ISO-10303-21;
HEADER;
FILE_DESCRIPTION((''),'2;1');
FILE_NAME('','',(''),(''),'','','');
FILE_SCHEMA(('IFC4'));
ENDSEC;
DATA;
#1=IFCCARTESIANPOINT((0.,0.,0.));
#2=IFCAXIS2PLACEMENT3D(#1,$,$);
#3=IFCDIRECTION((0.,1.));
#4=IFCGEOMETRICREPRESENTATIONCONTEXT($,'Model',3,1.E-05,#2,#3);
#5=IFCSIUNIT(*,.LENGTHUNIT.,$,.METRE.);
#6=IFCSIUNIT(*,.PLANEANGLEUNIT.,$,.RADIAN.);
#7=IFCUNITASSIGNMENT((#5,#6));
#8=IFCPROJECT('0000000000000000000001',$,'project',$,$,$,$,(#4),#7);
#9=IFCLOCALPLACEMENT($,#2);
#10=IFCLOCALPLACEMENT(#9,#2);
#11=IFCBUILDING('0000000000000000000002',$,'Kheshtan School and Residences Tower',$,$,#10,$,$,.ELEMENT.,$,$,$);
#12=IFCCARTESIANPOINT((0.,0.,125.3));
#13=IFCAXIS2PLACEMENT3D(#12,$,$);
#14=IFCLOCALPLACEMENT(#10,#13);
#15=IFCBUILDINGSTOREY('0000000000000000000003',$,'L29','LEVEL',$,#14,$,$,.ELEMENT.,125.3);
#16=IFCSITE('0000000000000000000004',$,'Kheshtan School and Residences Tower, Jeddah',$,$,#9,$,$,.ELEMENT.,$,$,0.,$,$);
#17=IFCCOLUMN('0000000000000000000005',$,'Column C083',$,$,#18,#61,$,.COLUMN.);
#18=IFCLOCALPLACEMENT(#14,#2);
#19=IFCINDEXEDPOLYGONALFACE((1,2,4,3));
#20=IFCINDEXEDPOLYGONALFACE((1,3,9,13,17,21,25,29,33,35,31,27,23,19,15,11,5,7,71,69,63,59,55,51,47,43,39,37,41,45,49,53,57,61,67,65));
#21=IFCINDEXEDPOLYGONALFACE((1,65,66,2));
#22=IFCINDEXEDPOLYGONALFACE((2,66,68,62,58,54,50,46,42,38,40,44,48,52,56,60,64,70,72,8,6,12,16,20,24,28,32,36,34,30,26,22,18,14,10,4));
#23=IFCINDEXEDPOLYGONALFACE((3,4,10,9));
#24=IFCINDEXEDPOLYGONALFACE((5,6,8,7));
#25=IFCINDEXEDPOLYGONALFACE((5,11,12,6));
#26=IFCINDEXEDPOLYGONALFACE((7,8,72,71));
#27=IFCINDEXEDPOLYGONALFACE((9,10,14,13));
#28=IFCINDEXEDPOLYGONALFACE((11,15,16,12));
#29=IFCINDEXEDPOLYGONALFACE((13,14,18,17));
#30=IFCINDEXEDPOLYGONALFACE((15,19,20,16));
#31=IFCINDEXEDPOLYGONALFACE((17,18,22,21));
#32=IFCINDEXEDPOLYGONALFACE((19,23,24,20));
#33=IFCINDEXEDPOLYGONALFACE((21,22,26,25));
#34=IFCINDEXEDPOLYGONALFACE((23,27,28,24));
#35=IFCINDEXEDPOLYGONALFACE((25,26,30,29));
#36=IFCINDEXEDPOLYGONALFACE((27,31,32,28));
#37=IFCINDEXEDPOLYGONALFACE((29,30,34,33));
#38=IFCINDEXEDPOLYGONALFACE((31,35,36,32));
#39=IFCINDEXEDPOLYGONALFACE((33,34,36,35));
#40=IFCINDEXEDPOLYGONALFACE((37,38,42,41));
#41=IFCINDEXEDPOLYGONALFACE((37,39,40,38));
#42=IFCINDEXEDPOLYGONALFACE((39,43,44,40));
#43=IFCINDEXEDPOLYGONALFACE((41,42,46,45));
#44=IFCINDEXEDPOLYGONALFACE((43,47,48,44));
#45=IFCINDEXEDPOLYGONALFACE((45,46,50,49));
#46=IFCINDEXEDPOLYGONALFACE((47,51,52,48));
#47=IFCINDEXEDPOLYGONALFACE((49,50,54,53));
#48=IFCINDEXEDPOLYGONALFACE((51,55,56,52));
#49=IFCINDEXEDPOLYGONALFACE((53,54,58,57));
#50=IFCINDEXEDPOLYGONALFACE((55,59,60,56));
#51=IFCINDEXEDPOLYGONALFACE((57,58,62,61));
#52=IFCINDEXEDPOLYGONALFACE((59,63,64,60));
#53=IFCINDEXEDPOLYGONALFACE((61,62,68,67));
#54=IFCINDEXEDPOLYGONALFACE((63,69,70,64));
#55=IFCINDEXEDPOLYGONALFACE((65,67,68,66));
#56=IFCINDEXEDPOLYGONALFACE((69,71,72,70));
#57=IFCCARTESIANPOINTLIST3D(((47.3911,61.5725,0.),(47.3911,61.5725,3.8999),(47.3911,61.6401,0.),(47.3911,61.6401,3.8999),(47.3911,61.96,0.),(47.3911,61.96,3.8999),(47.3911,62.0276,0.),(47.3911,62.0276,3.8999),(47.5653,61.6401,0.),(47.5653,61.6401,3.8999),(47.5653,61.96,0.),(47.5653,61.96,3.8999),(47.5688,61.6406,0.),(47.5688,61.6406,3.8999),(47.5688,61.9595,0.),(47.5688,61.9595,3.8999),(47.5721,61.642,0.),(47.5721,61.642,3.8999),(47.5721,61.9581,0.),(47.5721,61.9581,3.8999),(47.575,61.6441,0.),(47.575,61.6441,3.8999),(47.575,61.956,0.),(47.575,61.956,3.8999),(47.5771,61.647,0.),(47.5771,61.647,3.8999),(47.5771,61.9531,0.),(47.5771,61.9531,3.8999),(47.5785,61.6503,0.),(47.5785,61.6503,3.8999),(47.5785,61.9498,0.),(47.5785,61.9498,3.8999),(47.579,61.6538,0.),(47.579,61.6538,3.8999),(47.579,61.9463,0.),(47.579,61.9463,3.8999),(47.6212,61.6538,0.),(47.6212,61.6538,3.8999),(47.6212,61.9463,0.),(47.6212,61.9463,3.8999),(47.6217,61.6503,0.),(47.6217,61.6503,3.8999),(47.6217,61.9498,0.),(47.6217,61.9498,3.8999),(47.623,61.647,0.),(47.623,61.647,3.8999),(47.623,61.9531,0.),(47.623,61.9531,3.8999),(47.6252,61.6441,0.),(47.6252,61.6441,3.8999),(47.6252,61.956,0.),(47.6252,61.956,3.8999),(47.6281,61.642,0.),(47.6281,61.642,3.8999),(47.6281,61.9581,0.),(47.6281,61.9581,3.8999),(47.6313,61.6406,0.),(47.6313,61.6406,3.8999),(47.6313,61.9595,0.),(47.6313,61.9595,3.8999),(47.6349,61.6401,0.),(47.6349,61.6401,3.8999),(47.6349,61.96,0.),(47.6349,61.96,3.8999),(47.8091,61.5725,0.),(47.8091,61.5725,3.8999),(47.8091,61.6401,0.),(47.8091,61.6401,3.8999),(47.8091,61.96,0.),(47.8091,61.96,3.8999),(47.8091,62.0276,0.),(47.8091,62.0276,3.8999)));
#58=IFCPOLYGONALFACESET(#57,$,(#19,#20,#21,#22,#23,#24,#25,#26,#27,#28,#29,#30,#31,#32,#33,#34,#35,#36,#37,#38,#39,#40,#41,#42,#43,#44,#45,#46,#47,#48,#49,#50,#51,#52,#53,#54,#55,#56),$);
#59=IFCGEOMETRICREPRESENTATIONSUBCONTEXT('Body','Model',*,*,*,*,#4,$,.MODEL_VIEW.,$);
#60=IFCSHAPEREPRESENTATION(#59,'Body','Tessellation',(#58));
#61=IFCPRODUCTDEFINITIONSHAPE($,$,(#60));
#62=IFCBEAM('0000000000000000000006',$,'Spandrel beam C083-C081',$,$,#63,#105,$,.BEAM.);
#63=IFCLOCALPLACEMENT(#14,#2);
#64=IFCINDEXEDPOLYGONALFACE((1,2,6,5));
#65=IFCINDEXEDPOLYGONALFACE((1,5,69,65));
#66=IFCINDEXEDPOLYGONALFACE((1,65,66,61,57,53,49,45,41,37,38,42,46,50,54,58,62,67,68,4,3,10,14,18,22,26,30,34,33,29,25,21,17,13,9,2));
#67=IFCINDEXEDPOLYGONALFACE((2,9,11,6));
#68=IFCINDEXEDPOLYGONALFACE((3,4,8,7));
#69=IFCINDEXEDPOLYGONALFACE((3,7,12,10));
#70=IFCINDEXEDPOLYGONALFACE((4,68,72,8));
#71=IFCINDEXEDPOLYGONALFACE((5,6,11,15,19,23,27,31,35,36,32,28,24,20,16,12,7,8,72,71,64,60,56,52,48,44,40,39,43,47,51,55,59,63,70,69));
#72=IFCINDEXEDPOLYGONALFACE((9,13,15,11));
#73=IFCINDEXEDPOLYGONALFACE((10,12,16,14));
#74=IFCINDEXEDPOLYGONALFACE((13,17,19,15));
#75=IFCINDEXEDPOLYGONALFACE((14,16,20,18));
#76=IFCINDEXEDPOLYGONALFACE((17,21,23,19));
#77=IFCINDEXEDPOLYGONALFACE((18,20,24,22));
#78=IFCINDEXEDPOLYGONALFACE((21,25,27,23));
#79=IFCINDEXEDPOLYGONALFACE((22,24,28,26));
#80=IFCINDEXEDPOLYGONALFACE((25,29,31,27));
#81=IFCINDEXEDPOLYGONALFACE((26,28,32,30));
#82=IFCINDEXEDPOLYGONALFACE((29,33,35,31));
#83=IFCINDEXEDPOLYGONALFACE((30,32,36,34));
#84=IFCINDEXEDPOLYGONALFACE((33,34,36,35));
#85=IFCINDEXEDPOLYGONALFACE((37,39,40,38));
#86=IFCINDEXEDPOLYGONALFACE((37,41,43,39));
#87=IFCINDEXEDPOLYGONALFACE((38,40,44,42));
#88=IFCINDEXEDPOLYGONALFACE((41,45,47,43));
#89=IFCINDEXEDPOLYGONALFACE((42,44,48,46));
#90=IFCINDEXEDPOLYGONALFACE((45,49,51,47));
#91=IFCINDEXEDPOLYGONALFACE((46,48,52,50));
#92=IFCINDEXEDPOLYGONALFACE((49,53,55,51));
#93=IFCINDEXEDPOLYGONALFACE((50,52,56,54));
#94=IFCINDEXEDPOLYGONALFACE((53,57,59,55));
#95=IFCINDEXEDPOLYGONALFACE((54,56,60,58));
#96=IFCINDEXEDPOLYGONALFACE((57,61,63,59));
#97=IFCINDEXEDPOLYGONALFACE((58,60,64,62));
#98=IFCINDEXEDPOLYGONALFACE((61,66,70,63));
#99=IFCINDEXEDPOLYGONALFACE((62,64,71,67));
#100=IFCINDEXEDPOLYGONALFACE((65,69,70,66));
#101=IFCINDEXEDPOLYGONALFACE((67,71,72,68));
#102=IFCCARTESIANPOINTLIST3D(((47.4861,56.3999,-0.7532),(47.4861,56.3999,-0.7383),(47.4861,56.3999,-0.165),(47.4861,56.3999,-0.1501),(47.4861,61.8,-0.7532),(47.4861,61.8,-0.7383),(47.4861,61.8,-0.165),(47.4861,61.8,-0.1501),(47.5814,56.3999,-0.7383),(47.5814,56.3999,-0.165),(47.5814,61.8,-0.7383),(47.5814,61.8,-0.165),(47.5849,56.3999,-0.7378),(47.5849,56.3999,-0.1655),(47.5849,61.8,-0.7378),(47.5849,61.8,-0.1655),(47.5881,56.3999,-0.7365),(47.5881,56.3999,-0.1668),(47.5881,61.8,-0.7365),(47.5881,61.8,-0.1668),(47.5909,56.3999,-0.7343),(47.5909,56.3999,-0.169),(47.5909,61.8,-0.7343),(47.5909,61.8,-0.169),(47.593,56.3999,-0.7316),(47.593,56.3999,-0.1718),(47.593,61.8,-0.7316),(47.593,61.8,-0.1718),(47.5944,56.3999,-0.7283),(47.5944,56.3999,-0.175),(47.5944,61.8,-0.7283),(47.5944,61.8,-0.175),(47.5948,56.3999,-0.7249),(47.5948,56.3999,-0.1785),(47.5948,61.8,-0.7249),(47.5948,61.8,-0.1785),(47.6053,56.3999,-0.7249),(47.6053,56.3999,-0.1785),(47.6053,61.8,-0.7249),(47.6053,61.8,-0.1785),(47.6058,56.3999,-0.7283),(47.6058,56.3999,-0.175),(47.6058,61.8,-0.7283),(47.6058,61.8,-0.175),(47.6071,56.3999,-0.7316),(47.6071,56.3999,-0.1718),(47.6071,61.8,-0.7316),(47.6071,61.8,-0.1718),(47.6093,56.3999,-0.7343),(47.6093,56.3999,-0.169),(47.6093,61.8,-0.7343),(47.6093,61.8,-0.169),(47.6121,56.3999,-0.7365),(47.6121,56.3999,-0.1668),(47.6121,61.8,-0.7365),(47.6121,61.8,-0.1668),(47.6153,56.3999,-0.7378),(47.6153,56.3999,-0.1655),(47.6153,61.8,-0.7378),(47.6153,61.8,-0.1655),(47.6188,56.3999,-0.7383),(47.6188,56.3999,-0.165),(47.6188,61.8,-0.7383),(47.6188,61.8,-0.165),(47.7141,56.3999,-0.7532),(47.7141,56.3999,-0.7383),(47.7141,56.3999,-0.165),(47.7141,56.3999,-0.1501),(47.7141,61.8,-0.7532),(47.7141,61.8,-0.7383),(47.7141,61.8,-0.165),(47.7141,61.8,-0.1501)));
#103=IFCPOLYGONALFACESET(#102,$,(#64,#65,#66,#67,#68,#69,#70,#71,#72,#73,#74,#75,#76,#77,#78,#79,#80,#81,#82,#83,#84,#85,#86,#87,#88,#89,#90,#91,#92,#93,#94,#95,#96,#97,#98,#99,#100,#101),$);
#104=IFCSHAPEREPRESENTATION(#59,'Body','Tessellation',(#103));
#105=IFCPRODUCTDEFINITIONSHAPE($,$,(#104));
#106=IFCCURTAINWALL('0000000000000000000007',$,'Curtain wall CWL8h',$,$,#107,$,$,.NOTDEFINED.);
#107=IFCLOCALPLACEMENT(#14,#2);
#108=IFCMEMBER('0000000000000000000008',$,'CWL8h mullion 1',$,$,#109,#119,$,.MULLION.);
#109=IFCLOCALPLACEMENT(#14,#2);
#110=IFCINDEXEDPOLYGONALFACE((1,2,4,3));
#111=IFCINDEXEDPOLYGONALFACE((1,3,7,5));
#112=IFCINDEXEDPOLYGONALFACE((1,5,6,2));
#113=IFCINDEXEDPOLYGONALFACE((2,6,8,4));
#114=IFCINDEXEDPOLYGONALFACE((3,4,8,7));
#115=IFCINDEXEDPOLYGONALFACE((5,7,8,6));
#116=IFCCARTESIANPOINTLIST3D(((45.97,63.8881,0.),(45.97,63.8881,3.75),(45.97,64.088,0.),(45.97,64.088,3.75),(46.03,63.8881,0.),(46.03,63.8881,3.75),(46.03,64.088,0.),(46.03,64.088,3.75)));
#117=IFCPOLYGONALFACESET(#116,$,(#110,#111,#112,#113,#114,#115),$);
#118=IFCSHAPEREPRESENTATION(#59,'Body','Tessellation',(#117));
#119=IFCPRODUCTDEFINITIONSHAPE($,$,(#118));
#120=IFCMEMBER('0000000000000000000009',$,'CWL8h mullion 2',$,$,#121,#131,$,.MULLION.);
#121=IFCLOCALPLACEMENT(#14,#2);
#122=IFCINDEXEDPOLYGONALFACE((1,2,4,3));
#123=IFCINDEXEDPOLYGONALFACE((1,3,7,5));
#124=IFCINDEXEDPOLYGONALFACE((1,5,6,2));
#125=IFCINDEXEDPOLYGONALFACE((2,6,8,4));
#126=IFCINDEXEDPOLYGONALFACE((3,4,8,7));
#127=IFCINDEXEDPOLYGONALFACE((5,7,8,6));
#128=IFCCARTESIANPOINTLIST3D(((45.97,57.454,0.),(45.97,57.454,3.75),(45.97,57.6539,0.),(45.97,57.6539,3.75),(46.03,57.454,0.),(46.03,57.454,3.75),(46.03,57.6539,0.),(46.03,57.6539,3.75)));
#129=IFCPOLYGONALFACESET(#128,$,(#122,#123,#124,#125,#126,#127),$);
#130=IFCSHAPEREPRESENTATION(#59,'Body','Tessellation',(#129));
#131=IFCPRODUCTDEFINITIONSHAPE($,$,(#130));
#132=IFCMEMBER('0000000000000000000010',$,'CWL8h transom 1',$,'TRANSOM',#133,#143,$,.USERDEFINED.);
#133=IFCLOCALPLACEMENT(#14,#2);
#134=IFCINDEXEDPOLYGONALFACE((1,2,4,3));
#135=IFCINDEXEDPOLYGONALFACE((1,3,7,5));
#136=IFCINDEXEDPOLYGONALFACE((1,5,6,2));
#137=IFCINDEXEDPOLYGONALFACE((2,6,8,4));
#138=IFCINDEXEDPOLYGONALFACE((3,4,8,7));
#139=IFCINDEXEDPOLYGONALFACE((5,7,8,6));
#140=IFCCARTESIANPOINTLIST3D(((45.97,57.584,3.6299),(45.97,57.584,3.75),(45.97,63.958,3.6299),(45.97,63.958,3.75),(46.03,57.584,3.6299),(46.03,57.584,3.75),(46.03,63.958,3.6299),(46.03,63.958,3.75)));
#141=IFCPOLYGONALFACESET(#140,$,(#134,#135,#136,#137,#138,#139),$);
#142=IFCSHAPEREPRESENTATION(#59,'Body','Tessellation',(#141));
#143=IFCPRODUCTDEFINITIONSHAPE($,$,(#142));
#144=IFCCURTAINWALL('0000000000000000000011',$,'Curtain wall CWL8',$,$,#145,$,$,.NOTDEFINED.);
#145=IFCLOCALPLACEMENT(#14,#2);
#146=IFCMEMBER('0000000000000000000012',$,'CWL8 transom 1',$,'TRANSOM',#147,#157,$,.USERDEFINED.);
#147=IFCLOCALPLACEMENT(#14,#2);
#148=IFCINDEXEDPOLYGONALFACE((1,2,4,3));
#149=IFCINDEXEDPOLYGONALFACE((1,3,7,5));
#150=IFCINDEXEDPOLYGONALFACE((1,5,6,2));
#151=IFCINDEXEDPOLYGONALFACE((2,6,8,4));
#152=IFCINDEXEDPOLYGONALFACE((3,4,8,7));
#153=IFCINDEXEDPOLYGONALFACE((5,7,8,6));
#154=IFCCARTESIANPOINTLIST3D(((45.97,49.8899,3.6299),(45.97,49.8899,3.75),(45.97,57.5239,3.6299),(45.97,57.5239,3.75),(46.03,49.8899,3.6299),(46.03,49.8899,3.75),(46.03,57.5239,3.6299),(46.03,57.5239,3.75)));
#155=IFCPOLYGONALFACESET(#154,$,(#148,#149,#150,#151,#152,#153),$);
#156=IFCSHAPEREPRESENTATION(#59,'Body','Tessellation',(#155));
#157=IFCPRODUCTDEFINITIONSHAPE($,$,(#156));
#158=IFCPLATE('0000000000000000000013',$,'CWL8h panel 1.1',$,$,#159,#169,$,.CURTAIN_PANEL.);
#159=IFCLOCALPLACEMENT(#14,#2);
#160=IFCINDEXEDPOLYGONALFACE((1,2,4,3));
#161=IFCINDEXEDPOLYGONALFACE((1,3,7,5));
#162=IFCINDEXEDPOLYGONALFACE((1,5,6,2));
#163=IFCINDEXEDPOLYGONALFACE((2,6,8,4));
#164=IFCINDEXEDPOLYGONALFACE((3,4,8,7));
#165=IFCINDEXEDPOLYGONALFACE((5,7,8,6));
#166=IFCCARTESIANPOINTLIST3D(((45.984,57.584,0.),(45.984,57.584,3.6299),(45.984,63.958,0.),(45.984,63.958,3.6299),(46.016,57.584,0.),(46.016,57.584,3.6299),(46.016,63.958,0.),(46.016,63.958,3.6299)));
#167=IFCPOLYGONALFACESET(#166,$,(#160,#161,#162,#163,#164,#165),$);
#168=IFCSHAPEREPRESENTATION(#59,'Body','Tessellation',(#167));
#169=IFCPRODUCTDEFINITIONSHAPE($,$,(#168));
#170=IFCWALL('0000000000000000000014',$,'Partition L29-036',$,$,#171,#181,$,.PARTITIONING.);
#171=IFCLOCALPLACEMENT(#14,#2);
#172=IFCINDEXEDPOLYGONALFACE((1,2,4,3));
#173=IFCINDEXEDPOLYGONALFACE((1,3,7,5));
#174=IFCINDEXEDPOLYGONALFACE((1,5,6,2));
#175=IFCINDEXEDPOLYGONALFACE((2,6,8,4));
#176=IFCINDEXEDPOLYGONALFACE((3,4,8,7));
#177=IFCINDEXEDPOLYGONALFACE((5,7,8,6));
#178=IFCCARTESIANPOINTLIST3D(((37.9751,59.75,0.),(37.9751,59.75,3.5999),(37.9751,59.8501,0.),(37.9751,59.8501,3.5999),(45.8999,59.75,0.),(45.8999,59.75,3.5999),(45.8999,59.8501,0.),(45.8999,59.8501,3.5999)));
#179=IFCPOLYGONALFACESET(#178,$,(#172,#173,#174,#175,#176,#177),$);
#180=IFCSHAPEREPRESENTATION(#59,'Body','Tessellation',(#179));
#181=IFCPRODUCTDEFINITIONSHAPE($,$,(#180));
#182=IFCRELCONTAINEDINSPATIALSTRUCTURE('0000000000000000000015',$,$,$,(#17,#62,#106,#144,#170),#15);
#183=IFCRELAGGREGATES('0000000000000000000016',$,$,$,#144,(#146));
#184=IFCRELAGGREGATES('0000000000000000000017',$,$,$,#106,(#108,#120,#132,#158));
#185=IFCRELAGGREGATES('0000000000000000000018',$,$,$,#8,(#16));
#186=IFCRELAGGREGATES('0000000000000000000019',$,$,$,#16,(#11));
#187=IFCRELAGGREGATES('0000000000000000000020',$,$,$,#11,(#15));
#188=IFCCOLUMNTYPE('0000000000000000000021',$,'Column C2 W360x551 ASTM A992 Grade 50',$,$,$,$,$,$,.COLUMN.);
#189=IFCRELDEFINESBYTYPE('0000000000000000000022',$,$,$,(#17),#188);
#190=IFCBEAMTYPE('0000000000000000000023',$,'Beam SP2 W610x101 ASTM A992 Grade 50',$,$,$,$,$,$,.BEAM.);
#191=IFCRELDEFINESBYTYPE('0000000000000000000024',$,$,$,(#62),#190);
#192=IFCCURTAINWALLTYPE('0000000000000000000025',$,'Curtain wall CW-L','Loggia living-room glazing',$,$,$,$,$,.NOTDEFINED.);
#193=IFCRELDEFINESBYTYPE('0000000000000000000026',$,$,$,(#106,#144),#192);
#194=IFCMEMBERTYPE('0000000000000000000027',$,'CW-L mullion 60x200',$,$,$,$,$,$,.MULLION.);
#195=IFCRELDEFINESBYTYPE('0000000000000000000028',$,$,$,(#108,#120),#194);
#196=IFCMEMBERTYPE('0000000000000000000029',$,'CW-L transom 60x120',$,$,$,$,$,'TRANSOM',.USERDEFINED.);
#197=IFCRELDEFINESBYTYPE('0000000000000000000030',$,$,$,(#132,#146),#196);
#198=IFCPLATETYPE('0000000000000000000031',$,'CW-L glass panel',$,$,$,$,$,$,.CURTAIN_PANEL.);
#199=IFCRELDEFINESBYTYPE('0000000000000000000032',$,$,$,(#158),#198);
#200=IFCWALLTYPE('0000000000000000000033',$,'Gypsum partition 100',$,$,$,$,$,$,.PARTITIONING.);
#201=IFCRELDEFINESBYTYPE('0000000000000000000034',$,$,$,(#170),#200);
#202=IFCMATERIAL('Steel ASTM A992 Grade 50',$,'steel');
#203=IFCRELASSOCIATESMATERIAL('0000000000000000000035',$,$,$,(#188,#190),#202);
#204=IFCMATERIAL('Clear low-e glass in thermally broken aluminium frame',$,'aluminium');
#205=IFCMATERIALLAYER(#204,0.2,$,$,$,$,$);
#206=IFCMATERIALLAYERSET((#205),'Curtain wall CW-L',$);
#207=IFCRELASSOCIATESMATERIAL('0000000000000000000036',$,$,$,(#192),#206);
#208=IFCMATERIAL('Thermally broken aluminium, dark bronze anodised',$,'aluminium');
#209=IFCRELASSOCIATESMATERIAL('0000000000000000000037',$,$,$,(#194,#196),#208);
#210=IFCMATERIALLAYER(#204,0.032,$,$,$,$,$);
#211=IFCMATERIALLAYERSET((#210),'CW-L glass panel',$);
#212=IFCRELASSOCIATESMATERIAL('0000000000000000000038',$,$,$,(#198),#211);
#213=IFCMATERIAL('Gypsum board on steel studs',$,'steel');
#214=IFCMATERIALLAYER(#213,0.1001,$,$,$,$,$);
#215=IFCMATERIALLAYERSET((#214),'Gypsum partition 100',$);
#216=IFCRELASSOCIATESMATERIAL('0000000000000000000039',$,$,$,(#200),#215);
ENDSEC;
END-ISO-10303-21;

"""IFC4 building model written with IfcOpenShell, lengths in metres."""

from ifc_helpers import new_model, si_unit, direction, frame, frame_2d, origin, origin_2d, place, context, subcontext, project, spatial, rectangle, i_section, extrude, material, layer, layer_set, material_profile, profile_set, type_object, element, aggregate, save


model = new_model("IFC4")

# Units and contexts
model_context = context("Model", 3, precision=1e-05, world=origin(), true_north=direction((0.0, 1.0)))
body_context = subcontext(model_context, "Body", "Model", "MODEL_VIEW")
ifc_project = project(units=[si_unit("LENGTHUNIT", "METRE"), si_unit("PLANEANGLEUNIT", "RADIAN")], contexts=[model_context])

# Site, building, storey
site_placement = place(None, origin())
site = spatial("IfcSite", under=ifc_project, at=site_placement, Name="Kheshtan School and Residences Tower, Jeddah", CompositionType="ELEMENT", RefElevation=0.0)
building_placement = place(site_placement, origin())
building = spatial("IfcBuilding", under=site, at=building_placement, Name="Kheshtan School and Residences Tower", CompositionType="ELEMENT")
storey_placement = place(building_placement, frame((0.0, 0.0, 125.3)))
storey = spatial("IfcBuildingStorey", under=building, at=storey_placement, Name="L29", Description="LEVEL", CompositionType="ELEMENT", Elevation=125.3)

# Column
ifc_material_1 = material(Name="Steel ASTM A992 Grade 50", Category="steel")
ifc_material_profile_1 = material_profile(ifc_material_1, i_section(OverallWidth=0.418, OverallDepth=0.4551, WebThickness=0.0422, FlangeThickness=0.0676, FilletRadius=0.0137, at=origin_2d()), Name="W360x551")
ifc_profile_set_1 = profile_set([ifc_material_profile_1], Name="Steel ASTM A992 Grade 50")
column_type = type_object("IfcColumnType", Name="Column C2 W360x551 ASTM A992 Grade 50", PredefinedType="COLUMN", material=ifc_profile_set_1)
column_placement = place(storey_placement, frame((47.6001, 61.8, 0.0), z_axis=(0.0, 0.0, 1.0), x_axis=(1.0, 0.0, 0.0)))
element("IfcColumn", 1, at=column_placement, inside=storey, type_object=column_type, Name="Column C083", PredefinedType="COLUMN", context=body_context, shape_type="SweptSolid", body=[
    extrude(i_section(OverallWidth=0.418, OverallDepth=0.4551, WebThickness=0.0422, FlangeThickness=0.0676, FilletRadius=0.0137, at=origin_2d()), origin(), (0.0, 0.0, 1.0), 3.8999),
])

# Beam
ifc_material_profile_2 = material_profile(ifc_material_1, i_section(OverallWidth=0.228, OverallDepth=0.603, WebThickness=0.0105, FlangeThickness=0.0149, FilletRadius=0.0134, at=origin_2d()), Name="W610x101")
ifc_profile_set_2 = profile_set([ifc_material_profile_2], Name="Steel ASTM A992 Grade 50")
beam_type = type_object("IfcBeamType", Name="Beam SP2 W610x101 ASTM A992 Grade 50", PredefinedType="BEAM", material=ifc_profile_set_2)
beam_placement = place(storey_placement, frame((47.6001, 61.8, -0.4517), z_axis=(0.0, -1.0, 0.0), x_axis=(1.0, 0.0, 0.0)))
element("IfcBeam", 2, at=beam_placement, inside=storey, type_object=beam_type, Name="Spandrel beam C083-C081", PredefinedType="BEAM", context=body_context, shape_type="SweptSolid", body=[
    extrude(i_section(OverallWidth=0.228, OverallDepth=0.603, WebThickness=0.0105, FlangeThickness=0.0149, FilletRadius=0.0134, at=origin_2d()), origin(), (0.0, 0.0, 1.0), 5.4001),
])

# Curtain wall, members
ifc_material_2 = material(Name="Clear low-e glass in thermally broken aluminium frame", Category="aluminium")
ifc_layer_1 = layer(ifc_material_2, 0.2)
ifc_layer_set_1 = layer_set([ifc_layer_1], Name="Curtain wall CW-L")
curtain_wall_type = type_object("IfcCurtainWallType", Name="Curtain wall CW-L", Description="Loggia living-room glazing", PredefinedType="NOTDEFINED", material=ifc_layer_set_1)
curtain_wall_1_placement = place(storey_placement, origin())
curtain_wall_1 = element("IfcCurtainWall", 3, at=curtain_wall_1_placement, inside=storey, type_object=curtain_wall_type, Name="Curtain wall CWL8h", PredefinedType="NOTDEFINED")
ifc_material_3 = material(Name="Thermally broken aluminium, dark bronze anodised", Category="aluminium")
ifc_material_profile_3 = material_profile(ifc_material_3, rectangle(XDim=0.0601, YDim=0.2, at=origin_2d()), Name="CW-L mullion 60x200")
ifc_profile_set_3 = profile_set([ifc_material_profile_3], Name="Thermally broken aluminium, dark bronze anodised")
member_type_1 = type_object("IfcMemberType", Name="CW-L mullion 60x200", PredefinedType="MULLION", material=ifc_profile_set_3)
member_1_placement = place(storey_placement, frame((46.0, 63.988, 0.0), z_axis=(0.0, 0.0, 1.0), x_axis=(1.0, 0.0, 0.0)))
member_1 = element("IfcMember", 4, at=member_1_placement, type_object=member_type_1, Name="CWL8h mullion 1", PredefinedType="MULLION", context=body_context, shape_type="SweptSolid", body=[
    extrude(rectangle(XDim=0.0601, YDim=0.2, at=origin_2d()), origin(), (0.0, 0.0, 1.0), 3.75),
])
member_2_placement = place(storey_placement, frame((46.0, 57.554, 0.0), z_axis=(0.0, 0.0, 1.0), x_axis=(1.0, 0.0, 0.0)))
member_2 = element("IfcMember", 5, at=member_2_placement, type_object=member_type_1, Name="CWL8h mullion 2", PredefinedType="MULLION", context=body_context, shape_type="SweptSolid", body=[
    extrude(rectangle(XDim=0.0601, YDim=0.2, at=origin_2d()), origin(), (0.0, 0.0, 1.0), 3.75),
])
ifc_material_profile_4 = material_profile(ifc_material_3, rectangle(XDim=0.0601, YDim=0.1201, at=origin_2d()), Name="CW-L transom 60x120")
ifc_profile_set_4 = profile_set([ifc_material_profile_4], Name="Thermally broken aluminium, dark bronze anodised")
member_type_2 = type_object("IfcMemberType", Name="CW-L transom 60x120", ElementType="TRANSOM", PredefinedType="USERDEFINED", material=ifc_profile_set_4)
member_3_placement = place(storey_placement, frame((46.0, 63.958, 3.6899), z_axis=(0.0, -1.0, 0.0), x_axis=(1.0, 0.0, 0.0)))
member_3 = element("IfcMember", 6, at=member_3_placement, type_object=member_type_2, Name="CWL8h transom 1", ObjectType="TRANSOM", PredefinedType="USERDEFINED", context=body_context, shape_type="SweptSolid", body=[
    extrude(rectangle(XDim=0.0601, YDim=0.1201, at=origin_2d()), origin(), (0.0, 0.0, 1.0), 6.374),
])

# Curtain wall, member
curtain_wall_2_placement = place(storey_placement, origin())
curtain_wall_2 = element("IfcCurtainWall", 7, at=curtain_wall_2_placement, inside=storey, type_object=curtain_wall_type, Name="Curtain wall CWL8", PredefinedType="NOTDEFINED")
member_4_placement = place(storey_placement, frame((46.0, 57.5239, 3.6899), z_axis=(0.0, -1.0, 0.0), x_axis=(1.0, 0.0, 0.0)))
member_4 = element("IfcMember", 8, at=member_4_placement, type_object=member_type_2, Name="CWL8 transom 1", ObjectType="TRANSOM", PredefinedType="USERDEFINED", context=body_context, shape_type="SweptSolid", body=[
    extrude(rectangle(XDim=0.0601, YDim=0.1201, at=origin_2d()), origin(), (0.0, 0.0, 1.0), 7.634),
])
aggregate(curtain_wall_2, [member_4])

# Plate
ifc_layer_2 = layer(ifc_material_2, 0.032)
ifc_layer_set_2 = layer_set([ifc_layer_2], Name="CW-L glass panel")
plate_type = type_object("IfcPlateType", Name="CW-L glass panel", PredefinedType="CURTAIN_PANEL", material=ifc_layer_set_2)
plate_placement = place(storey_placement, frame((46.0, 60.771, 0.0), z_axis=(0.0, 0.0, 1.0), x_axis=(0.0, -1.0, 0.0)))
plate = element("IfcPlate", 9, at=plate_placement, type_object=plate_type, Name="CWL8h panel 1.1", PredefinedType="CURTAIN_PANEL", context=body_context, shape_type="SweptSolid", body=[
    extrude(rectangle(XDim=6.374, YDim=0.032, at=origin_2d()), origin(), (0.0, 0.0, 1.0), 3.6299),
])
aggregate(curtain_wall_1, [member_1, member_2, member_3, plate])

# Wall
ifc_material_4 = material(Name="Gypsum board on steel studs", Category="steel")
ifc_layer_3 = layer(ifc_material_4, 0.1001)
ifc_layer_set_3 = layer_set([ifc_layer_3], Name="Gypsum partition 100")
wall_type_1 = type_object("IfcWallType", Name="Gypsum partition 100", PredefinedType="PARTITIONING", material=ifc_layer_set_3)
wall_1_placement = place(storey_placement, frame((37.9751, 59.8, 0.0), z_axis=(0.0, 0.0, 1.0), x_axis=(1.0, 0.0, 0.0)))
element("IfcWall", 10, at=wall_1_placement, inside=storey, type_object=wall_type_1, Name="Partition L29-036", PredefinedType="PARTITIONING", context=body_context, shape_type="SweptSolid", body=[
    extrude(rectangle(XDim=7.9248, YDim=0.1001, at=frame_2d((3.9624, 0.0))), origin(), (0.0, 0.0, 1.0), 3.5999),
])

save(model, "model.ifc")
